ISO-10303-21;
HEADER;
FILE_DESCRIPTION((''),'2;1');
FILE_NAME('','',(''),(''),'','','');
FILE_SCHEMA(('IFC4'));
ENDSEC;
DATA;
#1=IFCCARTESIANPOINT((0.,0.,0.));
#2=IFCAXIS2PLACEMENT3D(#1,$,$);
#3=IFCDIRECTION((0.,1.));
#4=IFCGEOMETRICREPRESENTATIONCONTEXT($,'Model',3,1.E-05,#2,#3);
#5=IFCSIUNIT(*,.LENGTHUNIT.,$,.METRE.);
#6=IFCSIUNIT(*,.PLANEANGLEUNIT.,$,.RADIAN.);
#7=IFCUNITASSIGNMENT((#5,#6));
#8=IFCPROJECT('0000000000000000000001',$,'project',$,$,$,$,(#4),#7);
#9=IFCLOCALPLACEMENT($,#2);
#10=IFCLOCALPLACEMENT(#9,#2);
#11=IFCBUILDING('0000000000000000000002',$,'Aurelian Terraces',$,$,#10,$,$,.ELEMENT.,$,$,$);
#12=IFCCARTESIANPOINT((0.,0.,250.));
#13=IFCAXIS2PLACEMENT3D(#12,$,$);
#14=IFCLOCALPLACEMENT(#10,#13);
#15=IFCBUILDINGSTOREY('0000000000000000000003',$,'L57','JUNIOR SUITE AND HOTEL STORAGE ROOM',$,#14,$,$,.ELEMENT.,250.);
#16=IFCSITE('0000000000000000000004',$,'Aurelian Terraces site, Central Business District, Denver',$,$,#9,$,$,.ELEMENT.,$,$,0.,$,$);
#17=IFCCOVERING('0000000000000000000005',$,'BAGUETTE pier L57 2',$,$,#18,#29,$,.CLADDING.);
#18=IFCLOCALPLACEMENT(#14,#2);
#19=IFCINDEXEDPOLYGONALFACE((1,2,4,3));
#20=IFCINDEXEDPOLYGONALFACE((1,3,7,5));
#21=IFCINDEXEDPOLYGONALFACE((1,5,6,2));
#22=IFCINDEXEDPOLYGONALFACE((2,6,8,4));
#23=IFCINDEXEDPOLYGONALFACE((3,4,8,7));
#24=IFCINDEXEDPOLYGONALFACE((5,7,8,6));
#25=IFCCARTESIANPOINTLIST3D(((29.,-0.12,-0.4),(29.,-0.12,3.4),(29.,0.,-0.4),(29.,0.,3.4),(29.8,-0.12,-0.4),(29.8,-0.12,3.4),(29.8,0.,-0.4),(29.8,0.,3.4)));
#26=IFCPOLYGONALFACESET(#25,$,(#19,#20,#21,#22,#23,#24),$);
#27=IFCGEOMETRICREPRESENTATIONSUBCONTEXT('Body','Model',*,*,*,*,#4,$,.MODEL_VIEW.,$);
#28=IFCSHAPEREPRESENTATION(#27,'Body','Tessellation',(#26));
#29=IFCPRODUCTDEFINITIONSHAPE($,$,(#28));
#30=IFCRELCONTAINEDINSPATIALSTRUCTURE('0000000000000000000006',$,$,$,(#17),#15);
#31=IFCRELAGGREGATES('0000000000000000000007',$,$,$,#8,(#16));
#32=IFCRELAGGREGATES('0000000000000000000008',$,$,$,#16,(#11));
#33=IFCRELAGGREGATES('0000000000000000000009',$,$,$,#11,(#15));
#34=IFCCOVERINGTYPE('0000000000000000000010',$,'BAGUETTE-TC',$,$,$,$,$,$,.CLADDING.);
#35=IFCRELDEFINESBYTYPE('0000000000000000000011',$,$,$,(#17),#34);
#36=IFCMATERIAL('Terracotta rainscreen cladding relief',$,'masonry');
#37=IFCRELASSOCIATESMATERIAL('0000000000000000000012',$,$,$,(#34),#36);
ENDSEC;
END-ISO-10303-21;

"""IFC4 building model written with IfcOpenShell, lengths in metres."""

from ifc_helpers import new_model, si_unit, direction, frame, origin, origin_2d, place, context, subcontext, project, spatial, rectangle, extrude, source, transform, mapped, material, type_object, element, save


model = new_model("IFC4")

# Units and contexts
model_context = context("Model", 3, precision=1e-05, world=origin(), true_north=direction((0.0, 1.0)))
body_context = subcontext(model_context, "Body", "Model", "MODEL_VIEW")
ifc_project = project(units=[si_unit("LENGTHUNIT", "METRE"), si_unit("PLANEANGLEUNIT", "RADIAN")], contexts=[model_context])

# Site, building, storey
site_placement = place(None, origin())
site = spatial("IfcSite", under=ifc_project, at=site_placement, Name="Aurelian Terraces site, Central Business District, Denver", CompositionType="ELEMENT", RefElevation=0.0)
building_placement = place(site_placement, origin())
building = spatial("IfcBuilding", under=site, at=building_placement, Name="Aurelian Terraces", CompositionType="ELEMENT")
storey_placement = place(building_placement, frame((0.0, 0.0, 250.0)))
storey = spatial("IfcBuildingStorey", under=building, at=storey_placement, Name="L57", Description="JUNIOR SUITE AND HOTEL STORAGE ROOM", CompositionType="ELEMENT", Elevation=250.0)

# Covering
ifc_material_1 = material(Name="Terracotta rainscreen cladding relief", Category="masonry")
covering_type = type_object("IfcCoveringType", Name="BAGUETTE-TC", PredefinedType="CLADDING", material=ifc_material_1)
shared_shape_1 = source(origin(), body_context, "Body", "SweptSolid", [
    extrude(rectangle(XDim=0.8, YDim=0.12, at=origin_2d()), origin(), (0.0, 0.0, 1.0), 3.8),
])
covering_placement = place(storey_placement, frame((29.4, -0.06, -0.4), z_axis=(0.0, 0.0, 1.0), x_axis=(1.0, 0.0, 0.0)))
element("IfcCovering", 1, at=covering_placement, inside=storey, type_object=covering_type, Name="BAGUETTE pier L57 2", PredefinedType="CLADDING", context=body_context, shape_type="MappedRepresentation", body=[
    mapped(shared_shape_1, transform((0.0, 0.0, 0.0), scale=1.0)),
])

save(model, "model.ifc")
